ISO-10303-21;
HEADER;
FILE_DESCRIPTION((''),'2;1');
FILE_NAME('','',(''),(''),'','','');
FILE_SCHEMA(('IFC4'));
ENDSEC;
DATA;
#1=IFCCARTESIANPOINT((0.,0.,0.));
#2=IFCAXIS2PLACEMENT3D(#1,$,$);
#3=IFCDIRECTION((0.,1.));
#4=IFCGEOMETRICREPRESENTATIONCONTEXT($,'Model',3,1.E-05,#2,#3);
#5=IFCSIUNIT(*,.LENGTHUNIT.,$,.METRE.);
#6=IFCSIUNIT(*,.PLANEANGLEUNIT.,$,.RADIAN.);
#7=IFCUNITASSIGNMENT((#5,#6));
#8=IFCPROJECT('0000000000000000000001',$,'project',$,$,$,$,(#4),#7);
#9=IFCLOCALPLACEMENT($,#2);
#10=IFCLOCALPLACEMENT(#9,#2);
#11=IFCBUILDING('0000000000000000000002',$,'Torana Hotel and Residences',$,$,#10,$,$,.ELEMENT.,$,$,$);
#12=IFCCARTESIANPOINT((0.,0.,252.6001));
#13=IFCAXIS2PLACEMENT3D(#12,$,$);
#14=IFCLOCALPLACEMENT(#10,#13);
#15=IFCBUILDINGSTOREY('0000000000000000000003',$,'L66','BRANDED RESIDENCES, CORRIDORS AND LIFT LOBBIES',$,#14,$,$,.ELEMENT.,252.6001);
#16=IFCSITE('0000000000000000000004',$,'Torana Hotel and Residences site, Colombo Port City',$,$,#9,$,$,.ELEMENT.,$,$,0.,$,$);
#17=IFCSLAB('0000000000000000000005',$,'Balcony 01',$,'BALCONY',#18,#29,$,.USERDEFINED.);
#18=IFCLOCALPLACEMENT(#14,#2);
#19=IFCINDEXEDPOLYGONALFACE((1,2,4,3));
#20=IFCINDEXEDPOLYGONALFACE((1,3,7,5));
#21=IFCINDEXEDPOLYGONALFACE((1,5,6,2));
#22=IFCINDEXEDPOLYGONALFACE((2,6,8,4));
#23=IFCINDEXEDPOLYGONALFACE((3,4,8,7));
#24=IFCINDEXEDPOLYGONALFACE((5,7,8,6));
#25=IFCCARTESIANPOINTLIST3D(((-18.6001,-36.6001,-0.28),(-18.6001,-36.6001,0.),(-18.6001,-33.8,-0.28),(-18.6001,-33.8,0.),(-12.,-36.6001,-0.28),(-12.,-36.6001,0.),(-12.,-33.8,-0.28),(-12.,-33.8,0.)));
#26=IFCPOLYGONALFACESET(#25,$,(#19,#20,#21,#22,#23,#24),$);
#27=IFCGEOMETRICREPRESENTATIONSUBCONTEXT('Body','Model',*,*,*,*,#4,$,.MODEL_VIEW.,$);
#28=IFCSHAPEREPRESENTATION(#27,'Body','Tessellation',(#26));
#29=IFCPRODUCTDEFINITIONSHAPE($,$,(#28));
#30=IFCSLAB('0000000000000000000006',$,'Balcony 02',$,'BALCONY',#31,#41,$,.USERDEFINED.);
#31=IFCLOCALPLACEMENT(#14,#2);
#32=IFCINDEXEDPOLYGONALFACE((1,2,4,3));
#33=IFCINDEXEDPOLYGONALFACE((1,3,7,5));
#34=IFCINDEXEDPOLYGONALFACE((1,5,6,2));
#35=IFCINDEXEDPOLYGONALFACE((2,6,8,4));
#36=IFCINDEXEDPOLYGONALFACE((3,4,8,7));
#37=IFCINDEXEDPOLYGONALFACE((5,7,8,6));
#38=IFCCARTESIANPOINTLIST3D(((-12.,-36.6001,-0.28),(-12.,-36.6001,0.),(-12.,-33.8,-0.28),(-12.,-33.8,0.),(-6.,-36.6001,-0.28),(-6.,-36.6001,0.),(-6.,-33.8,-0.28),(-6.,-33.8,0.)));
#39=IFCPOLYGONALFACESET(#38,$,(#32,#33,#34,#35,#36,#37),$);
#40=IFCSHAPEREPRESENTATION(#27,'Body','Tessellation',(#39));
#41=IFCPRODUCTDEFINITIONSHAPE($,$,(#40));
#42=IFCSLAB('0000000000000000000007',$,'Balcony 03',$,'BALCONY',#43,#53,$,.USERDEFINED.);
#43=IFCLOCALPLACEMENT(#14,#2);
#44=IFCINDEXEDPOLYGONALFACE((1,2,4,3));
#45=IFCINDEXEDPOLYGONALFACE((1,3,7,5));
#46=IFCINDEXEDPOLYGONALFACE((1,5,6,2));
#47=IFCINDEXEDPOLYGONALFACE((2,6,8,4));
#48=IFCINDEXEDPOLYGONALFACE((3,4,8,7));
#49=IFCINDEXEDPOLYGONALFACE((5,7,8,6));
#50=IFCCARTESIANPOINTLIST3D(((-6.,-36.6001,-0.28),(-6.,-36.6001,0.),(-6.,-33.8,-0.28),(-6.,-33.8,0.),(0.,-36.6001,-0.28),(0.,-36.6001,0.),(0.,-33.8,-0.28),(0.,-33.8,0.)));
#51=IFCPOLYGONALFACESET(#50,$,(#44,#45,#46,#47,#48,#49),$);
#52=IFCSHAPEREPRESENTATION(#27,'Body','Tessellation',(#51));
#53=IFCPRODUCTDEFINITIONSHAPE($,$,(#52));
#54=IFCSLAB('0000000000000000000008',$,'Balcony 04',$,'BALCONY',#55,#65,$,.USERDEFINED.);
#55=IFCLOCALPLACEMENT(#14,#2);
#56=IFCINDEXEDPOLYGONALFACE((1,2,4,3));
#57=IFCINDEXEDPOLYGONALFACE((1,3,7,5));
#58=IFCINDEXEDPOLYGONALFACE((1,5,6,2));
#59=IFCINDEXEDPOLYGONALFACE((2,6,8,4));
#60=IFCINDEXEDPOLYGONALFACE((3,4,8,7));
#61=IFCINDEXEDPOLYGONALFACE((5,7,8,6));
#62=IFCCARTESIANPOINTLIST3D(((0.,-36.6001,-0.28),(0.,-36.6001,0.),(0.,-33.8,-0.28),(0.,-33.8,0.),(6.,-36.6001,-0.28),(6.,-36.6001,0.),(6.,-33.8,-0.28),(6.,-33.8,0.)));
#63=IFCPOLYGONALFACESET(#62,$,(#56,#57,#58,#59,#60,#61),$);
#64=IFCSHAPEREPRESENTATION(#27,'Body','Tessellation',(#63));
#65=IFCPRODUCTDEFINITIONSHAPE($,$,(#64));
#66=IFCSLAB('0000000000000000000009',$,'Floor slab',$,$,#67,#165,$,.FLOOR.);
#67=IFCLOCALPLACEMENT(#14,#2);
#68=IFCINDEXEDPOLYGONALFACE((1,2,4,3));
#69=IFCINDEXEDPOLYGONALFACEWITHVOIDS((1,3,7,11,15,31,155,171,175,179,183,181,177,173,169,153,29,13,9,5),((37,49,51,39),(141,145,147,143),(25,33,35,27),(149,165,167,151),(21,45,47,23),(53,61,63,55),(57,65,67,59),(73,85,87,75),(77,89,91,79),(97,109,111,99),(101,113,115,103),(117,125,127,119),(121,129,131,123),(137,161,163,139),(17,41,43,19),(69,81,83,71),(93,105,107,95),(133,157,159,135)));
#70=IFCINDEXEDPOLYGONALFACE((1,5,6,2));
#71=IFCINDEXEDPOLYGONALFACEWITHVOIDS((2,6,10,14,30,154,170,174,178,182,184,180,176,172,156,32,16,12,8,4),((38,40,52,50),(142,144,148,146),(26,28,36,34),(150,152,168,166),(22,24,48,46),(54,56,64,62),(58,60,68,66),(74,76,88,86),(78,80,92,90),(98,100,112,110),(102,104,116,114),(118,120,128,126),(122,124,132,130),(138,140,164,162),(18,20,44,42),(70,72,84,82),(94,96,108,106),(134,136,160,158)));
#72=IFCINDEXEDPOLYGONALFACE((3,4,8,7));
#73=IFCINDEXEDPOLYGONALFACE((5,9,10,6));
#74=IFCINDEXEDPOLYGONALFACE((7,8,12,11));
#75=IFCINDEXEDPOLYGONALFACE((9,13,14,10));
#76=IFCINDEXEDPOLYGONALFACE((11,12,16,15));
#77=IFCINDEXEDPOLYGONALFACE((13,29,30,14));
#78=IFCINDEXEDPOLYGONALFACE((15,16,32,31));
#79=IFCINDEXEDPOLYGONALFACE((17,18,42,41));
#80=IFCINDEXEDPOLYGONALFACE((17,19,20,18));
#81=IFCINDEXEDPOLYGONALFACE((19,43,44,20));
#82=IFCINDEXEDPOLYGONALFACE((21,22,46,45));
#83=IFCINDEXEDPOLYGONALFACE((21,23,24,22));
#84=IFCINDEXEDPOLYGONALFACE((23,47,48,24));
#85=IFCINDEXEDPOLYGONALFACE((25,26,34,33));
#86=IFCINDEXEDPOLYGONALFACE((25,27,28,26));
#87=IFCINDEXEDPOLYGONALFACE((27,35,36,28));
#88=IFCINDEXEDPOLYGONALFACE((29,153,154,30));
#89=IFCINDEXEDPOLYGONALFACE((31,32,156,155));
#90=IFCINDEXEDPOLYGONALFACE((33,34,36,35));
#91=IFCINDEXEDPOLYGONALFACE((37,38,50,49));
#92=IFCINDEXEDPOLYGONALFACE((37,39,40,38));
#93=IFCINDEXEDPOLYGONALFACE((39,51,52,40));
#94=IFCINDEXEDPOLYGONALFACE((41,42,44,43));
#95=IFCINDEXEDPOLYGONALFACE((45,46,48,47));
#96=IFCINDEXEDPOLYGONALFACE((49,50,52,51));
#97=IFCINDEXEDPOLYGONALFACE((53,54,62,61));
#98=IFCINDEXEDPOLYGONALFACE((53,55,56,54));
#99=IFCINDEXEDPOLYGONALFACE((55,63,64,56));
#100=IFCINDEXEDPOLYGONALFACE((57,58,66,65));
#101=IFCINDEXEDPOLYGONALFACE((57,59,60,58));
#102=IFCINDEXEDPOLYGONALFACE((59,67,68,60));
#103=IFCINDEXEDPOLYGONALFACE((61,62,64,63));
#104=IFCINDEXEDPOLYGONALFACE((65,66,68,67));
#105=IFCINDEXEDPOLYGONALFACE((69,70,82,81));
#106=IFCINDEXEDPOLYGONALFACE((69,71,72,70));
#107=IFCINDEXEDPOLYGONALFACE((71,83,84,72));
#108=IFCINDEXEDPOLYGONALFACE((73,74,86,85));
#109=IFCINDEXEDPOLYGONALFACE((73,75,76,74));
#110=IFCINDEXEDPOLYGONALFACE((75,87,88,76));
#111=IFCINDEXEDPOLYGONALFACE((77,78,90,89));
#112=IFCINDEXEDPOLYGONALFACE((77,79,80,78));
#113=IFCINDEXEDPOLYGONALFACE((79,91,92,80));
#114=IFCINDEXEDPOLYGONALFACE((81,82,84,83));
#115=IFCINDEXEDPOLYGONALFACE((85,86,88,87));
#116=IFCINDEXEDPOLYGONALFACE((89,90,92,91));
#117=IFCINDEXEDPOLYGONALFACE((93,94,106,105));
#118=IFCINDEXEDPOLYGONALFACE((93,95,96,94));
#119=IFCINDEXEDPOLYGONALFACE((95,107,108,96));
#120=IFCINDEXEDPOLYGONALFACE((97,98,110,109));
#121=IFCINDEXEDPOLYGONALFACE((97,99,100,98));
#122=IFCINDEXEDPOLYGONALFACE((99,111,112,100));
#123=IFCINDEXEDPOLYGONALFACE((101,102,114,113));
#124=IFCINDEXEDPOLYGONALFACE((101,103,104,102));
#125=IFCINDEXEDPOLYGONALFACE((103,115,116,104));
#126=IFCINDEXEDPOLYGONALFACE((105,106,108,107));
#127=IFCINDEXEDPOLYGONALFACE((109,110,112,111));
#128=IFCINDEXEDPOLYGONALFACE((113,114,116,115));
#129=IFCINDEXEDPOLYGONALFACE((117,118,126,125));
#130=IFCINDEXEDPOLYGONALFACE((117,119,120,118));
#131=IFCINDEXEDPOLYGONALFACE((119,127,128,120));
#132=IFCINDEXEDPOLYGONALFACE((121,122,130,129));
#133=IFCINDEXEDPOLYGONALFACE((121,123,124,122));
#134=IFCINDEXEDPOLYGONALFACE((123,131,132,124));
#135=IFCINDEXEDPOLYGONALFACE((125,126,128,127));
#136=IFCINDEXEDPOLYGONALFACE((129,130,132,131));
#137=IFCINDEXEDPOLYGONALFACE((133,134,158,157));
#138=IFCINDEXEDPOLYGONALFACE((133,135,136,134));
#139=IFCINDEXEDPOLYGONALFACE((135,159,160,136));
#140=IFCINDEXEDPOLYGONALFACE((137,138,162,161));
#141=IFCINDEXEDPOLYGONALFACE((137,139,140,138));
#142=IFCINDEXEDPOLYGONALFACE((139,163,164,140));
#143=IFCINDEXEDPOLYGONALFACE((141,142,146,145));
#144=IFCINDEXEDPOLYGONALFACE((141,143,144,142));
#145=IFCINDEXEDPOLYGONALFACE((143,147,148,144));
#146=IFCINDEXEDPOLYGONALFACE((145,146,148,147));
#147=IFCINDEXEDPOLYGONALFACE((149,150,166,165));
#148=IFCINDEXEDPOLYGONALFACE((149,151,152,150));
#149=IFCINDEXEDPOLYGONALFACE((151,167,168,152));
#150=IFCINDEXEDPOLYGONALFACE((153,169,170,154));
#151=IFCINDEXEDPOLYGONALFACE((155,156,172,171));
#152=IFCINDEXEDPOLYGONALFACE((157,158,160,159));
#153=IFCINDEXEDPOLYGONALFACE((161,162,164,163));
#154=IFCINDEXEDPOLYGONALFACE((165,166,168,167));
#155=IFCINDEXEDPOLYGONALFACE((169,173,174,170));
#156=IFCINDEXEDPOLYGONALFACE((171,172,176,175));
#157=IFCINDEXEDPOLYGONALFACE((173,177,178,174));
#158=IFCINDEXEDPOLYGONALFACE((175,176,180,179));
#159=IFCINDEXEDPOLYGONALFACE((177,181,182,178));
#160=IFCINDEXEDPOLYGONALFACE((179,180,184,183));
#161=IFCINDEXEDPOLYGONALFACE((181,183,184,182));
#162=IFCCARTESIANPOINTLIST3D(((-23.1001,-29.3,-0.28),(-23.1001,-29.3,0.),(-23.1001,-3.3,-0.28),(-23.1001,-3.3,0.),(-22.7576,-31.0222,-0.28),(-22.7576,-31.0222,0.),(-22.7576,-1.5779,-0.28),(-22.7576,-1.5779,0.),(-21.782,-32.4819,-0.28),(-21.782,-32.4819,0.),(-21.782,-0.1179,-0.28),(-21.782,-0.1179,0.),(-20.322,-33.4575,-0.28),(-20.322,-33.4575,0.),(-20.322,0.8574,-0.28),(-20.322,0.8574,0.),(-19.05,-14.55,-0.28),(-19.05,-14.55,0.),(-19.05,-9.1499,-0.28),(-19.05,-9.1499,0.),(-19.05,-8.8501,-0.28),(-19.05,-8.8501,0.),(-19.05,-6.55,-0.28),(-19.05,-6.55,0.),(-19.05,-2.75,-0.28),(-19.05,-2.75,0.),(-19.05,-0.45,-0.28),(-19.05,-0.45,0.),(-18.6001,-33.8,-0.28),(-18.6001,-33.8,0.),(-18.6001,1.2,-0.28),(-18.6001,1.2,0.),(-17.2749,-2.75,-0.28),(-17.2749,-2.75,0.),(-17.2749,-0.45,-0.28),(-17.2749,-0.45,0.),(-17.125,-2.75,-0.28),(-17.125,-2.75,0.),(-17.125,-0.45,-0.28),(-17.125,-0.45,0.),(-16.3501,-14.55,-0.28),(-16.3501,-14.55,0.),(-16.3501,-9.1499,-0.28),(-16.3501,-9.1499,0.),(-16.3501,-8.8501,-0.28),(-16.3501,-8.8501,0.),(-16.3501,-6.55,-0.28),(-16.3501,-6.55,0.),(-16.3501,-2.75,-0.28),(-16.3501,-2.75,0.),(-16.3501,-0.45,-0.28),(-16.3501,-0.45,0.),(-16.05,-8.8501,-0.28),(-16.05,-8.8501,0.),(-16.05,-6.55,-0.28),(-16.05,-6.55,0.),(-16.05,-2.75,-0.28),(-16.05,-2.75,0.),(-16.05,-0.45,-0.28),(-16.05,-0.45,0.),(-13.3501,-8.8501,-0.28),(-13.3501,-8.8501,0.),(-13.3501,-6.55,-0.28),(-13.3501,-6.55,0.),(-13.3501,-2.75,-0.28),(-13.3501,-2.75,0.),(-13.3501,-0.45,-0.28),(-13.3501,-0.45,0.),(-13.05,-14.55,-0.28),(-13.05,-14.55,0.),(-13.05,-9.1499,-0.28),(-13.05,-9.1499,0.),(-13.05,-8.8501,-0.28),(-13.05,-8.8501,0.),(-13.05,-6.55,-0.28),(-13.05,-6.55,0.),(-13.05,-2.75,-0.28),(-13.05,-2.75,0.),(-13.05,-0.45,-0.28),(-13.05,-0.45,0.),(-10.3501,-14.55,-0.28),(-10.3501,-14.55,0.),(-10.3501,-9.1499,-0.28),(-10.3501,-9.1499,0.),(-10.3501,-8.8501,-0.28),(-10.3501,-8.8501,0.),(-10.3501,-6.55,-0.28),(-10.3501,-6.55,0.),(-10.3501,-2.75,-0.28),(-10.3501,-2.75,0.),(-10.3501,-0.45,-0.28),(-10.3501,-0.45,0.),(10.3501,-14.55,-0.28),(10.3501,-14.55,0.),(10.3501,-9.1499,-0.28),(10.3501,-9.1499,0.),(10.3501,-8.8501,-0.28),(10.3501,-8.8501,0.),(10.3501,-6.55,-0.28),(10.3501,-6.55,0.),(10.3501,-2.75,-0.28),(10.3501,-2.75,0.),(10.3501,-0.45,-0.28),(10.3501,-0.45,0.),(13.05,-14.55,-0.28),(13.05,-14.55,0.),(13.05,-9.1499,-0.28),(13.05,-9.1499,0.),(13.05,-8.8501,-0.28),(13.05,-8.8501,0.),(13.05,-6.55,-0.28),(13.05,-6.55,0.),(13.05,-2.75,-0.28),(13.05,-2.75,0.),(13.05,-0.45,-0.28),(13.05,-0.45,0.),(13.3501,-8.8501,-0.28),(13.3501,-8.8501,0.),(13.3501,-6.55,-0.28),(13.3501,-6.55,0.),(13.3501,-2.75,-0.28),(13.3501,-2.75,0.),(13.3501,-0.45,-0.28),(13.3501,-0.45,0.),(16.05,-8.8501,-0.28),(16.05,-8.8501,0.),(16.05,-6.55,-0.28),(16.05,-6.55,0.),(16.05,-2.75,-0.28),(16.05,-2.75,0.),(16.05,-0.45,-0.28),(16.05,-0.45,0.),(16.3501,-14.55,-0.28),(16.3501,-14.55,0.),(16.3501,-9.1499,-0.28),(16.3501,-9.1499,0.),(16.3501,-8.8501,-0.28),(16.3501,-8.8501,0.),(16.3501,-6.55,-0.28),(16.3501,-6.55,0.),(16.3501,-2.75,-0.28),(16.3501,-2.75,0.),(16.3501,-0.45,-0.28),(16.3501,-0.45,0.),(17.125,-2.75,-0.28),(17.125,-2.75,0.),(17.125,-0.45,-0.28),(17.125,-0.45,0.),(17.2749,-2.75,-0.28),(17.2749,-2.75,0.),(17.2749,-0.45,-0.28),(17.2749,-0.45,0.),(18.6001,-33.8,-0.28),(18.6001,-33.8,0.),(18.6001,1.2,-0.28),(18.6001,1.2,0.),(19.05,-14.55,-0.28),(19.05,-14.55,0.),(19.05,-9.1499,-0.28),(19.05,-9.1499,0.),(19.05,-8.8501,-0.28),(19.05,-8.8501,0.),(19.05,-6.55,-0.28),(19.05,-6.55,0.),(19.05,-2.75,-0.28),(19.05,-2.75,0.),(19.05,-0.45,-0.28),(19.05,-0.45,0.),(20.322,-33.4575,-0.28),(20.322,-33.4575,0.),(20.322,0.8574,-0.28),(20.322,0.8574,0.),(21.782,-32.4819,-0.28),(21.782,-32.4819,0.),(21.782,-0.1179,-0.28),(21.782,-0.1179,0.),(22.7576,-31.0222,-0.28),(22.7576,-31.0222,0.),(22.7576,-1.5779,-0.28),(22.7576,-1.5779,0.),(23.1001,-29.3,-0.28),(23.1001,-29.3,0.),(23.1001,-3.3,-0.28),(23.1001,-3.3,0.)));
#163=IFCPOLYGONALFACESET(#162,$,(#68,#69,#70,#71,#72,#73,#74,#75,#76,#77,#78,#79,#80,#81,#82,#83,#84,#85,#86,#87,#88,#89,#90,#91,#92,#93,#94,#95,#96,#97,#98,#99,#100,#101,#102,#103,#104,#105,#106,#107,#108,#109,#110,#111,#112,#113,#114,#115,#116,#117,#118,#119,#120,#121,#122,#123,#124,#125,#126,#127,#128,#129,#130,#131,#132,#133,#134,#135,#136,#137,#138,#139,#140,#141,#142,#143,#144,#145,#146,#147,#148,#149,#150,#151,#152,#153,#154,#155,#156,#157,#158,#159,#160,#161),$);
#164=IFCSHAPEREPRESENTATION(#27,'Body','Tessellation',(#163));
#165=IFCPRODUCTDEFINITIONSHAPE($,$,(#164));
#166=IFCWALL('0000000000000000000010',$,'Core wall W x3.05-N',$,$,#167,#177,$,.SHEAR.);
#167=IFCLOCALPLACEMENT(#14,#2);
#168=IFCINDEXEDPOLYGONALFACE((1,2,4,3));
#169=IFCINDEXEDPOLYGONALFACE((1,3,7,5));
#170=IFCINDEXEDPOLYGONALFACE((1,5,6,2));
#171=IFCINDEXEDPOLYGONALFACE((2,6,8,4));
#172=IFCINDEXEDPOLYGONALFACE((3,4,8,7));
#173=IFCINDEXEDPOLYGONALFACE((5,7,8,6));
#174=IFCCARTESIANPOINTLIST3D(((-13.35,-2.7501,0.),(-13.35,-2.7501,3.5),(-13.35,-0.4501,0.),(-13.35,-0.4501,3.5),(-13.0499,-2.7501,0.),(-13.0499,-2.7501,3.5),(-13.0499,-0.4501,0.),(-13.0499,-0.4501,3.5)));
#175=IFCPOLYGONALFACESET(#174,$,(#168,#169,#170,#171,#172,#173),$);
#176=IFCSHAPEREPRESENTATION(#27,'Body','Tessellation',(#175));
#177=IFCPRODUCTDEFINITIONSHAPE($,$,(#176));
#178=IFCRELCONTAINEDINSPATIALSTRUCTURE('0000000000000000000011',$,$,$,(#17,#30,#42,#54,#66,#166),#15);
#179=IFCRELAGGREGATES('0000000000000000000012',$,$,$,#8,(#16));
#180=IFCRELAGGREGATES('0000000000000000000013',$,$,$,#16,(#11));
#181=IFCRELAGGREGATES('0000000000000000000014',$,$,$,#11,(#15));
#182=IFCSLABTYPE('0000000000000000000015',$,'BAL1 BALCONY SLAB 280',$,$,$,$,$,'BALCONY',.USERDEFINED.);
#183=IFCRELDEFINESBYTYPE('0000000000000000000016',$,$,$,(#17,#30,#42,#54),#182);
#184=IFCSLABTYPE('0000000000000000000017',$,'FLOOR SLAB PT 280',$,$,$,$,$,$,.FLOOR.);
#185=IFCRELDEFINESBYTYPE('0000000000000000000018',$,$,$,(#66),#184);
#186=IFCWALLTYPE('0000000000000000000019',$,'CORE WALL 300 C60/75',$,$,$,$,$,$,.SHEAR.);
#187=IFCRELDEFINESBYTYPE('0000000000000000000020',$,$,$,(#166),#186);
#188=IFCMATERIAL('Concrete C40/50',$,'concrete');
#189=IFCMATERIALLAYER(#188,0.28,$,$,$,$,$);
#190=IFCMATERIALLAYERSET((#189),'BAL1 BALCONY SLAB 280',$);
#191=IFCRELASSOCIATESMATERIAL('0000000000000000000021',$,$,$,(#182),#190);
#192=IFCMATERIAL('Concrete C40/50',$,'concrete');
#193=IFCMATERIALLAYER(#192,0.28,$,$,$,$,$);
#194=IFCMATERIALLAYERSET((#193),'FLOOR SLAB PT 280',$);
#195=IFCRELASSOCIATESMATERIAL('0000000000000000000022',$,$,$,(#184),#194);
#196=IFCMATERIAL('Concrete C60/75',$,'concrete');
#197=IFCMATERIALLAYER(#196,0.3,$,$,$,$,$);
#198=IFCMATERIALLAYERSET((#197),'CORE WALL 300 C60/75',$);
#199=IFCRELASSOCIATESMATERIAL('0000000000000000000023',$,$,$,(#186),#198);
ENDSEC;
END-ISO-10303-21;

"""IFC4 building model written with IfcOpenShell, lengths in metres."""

from ifc_helpers import new_model, si_unit, direction, frame, frame_2d, origin, place, context, subcontext, project, spatial, polyline, rectangle, outline, extrude, material, layer, layer_set, type_object, element, save


model = new_model("IFC4")

# Units and contexts
model_context = context("Model", 3, precision=1e-05, world=origin(), true_north=direction((0.0, 1.0)))
body_context = subcontext(model_context, "Body", "Model", "MODEL_VIEW")
ifc_project = project(units=[si_unit("LENGTHUNIT", "METRE"), si_unit("PLANEANGLEUNIT", "RADIAN")], contexts=[model_context])

# Site, building, storey
site_placement = place(None, origin())
site = spatial("IfcSite", under=ifc_project, at=site_placement, Name="Torana Hotel and Residences site, Colombo Port City", CompositionType="ELEMENT", RefElevation=0.0)
building_placement = place(site_placement, origin())
building = spatial("IfcBuilding", under=site, at=building_placement, Name="Torana Hotel and Residences", CompositionType="ELEMENT")
storey_placement = place(building_placement, frame((0.0, 0.0, 252.6001)))
storey = spatial("IfcBuildingStorey", under=building, at=storey_placement, Name="L66", Description="BRANDED RESIDENCES, CORRIDORS AND LIFT LOBBIES", CompositionType="ELEMENT", Elevation=252.6001)

# Slabs
ifc_material_1 = material(Name="Concrete C40/50", Category="concrete")
ifc_layer_1 = layer(ifc_material_1, 0.28)
ifc_layer_set_1 = layer_set([ifc_layer_1], Name="BAL1 BALCONY SLAB 280")
slab_type_1 = type_object("IfcSlabType", Name="BAL1 BALCONY SLAB 280", ElementType="BALCONY", PredefinedType="USERDEFINED", material=ifc_layer_set_1)
slab_1_placement = place(storey_placement, frame((0.0, 0.0, -0.28)))
element("IfcSlab", 1, at=slab_1_placement, inside=storey, type_object=slab_type_1, Name="Balcony 01", ObjectType="BALCONY", PredefinedType="USERDEFINED", context=body_context, shape_type="SweptSolid", body=[
    extrude(outline(polyline([(-18.6001, -36.6001), (-12.0, -36.6001), (-12.0, -33.8), (-18.6001, -33.8), (-18.6001, -36.6001)])), origin(), (0.0, 0.0, 1.0), 0.28),
])
slab_2_placement = place(storey_placement, frame((0.0, 0.0, -0.28)))
element("IfcSlab", 2, at=slab_2_placement, inside=storey, type_object=slab_type_1, Name="Balcony 02", ObjectType="BALCONY", PredefinedType="USERDEFINED", context=body_context, shape_type="SweptSolid", body=[
    extrude(outline(polyline([(-12.0, -36.6001), (-6.0, -36.6001), (-6.0, -33.8), (-12.0, -33.8), (-12.0, -36.6001)])), origin(), (0.0, 0.0, 1.0), 0.28),
])
slab_3_placement = place(storey_placement, frame((0.0, 0.0, -0.28)))
element("IfcSlab", 3, at=slab_3_placement, inside=storey, type_object=slab_type_1, Name="Balcony 03", ObjectType="BALCONY", PredefinedType="USERDEFINED", context=body_context, shape_type="SweptSolid", body=[
    extrude(outline(polyline([(-6.0, -36.6001), (0.0, -36.6001), (0.0, -33.8), (-6.0, -33.8), (-6.0, -36.6001)])), origin(), (0.0, 0.0, 1.0), 0.28),
])
slab_4_placement = place(storey_placement, frame((0.0, 0.0, -0.28)))
element("IfcSlab", 4, at=slab_4_placement, inside=storey, type_object=slab_type_1, Name="Balcony 04", ObjectType="BALCONY", PredefinedType="USERDEFINED", context=body_context, shape_type="SweptSolid", body=[
    extrude(outline(polyline([(0.0, -36.6001), (6.0, -36.6001), (6.0, -33.8), (0.0, -33.8), (0.0, -36.6001)])), origin(), (0.0, 0.0, 1.0), 0.28),
])
ifc_material_2 = material(Name="Concrete C40/50", Category="concrete")
ifc_layer_2 = layer(ifc_material_2, 0.28)
ifc_layer_set_2 = layer_set([ifc_layer_2], Name="FLOOR SLAB PT 280")
slab_type_2 = type_object("IfcSlabType", Name="FLOOR SLAB PT 280", PredefinedType="FLOOR", material=ifc_layer_set_2)
slab_5_placement = place(storey_placement, frame((0.0, 0.0, -0.28)))
element("IfcSlab", 5, at=slab_5_placement, inside=storey, type_object=slab_type_2, Name="Floor slab", PredefinedType="FLOOR", context=body_context, shape_type="SweptSolid", body=[
    extrude(outline(polyline([(23.1001, -3.3), (22.7576, -1.5779), (21.782, -0.1179), (20.322, 0.8574), (18.6001, 1.2), (-18.6001, 1.2), (-20.322, 0.8574), (-21.782, -0.1179), (-22.7576, -1.5779), (-23.1001, -3.3), (-23.1001, -29.3), (-22.7576, -31.0222), (-21.782, -32.4819), (-20.322, -33.4575), (-18.6001, -33.8), (18.6001, -33.8), (20.322, -33.4575), (21.782, -32.4819), (22.7576, -31.0222), (23.1001, -29.3), (23.1001, -3.3)]), holes=[polyline([(-13.05, -14.55), (-10.3501, -14.55), (-10.3501, -9.1499), (-13.05, -9.1499), (-13.05, -14.55)]), polyline([(-19.05, -14.55), (-16.3501, -14.55), (-16.3501, -9.1499), (-19.05, -9.1499), (-19.05, -14.55)]), polyline([(-17.125, -2.75), (-16.3501, -2.75), (-16.3501, -0.45), (-17.125, -0.45), (-17.125, -2.75)]), polyline([(-19.05, -2.75), (-17.2749, -2.75), (-17.2749, -0.45), (-19.05, -0.45), (-19.05, -2.75)]), polyline([(-13.05, -2.75), (-10.3501, -2.75), (-10.3501, -0.45), (-13.05, -0.45), (-13.05, -2.75)]), polyline([(-16.05, -2.75), (-13.3501, -2.75), (-13.3501, -0.45), (-16.05, -0.45), (-16.05, -2.75)]), polyline([(-13.05, -8.8501), (-10.3501, -8.8501), (-10.3501, -6.55), (-13.05, -6.55), (-13.05, -8.8501)]), polyline([(-16.05, -8.8501), (-13.3501, -8.8501), (-13.3501, -6.55), (-16.05, -6.55), (-16.05, -8.8501)]), polyline([(-19.05, -8.8501), (-16.3501, -8.8501), (-16.3501, -6.55), (-19.05, -6.55), (-19.05, -8.8501)]), polyline([(10.3501, -14.55), (13.05, -14.55), (13.05, -9.1499), (10.3501, -9.1499), (10.3501, -14.55)]), polyline([(16.3501, -14.55), (19.05, -14.55), (19.05, -9.1499), (16.3501, -9.1499), (16.3501, -14.55)]), polyline([(16.3501, -2.75), (17.125, -2.75), (17.125, -0.45), (16.3501, -0.45), (16.3501, -2.75)]), polyline([(17.2749, -2.75), (19.05, -2.75), (19.05, -0.45), (17.2749, -0.45), (17.2749, -2.75)]), polyline([(10.3501, -2.75), (13.05, -2.75), (13.05, -0.45), (10.3501, -0.45), (10.3501, -2.75)]), polyline([(13.3501, -2.75), (16.05, -2.75), (16.05, -0.45), (13.3501, -0.45), (13.3501, -2.75)]), polyline([(10.3501, -8.8501), (13.05, -8.8501), (13.05, -6.55), (10.3501, -6.55), (10.3501, -8.8501)]), polyline([(13.3501, -8.8501), (16.05, -8.8501), (16.05, -6.55), (13.3501, -6.55), (13.3501, -8.8501)]), polyline([(16.3501, -8.8501), (19.05, -8.8501), (19.05, -6.55), (16.3501, -6.55), (16.3501, -8.8501)])]), origin(), (0.0, 0.0, 1.0), 0.28),
])

# Wall
ifc_material_3 = material(Name="Concrete C60/75", Category="concrete")
ifc_layer_3 = layer(ifc_material_3, 0.3)
ifc_layer_set_3 = layer_set([ifc_layer_3], Name="CORE WALL 300 C60/75")
wall_type_1 = type_object("IfcWallType", Name="CORE WALL 300 C60/75", PredefinedType="SHEAR", material=ifc_layer_set_3)
wall_1_placement = place(storey_placement, frame((-13.2, -2.75, 0.0), z_axis=(0.0, 0.0, 1.0), x_axis=(0.0, 1.0, 0.0)))
element("IfcWall", 6, at=wall_1_placement, inside=storey, type_object=wall_type_1, Name="Core wall W x3.05-N", PredefinedType="SHEAR", context=body_context, shape_type="SweptSolid", body=[
    extrude(rectangle(XDim=2.3, YDim=0.3, at=frame_2d((1.1499, 0.0))), origin(), (0.0, 0.0, 1.0), 3.5),
])

save(model, "model.ifc")
